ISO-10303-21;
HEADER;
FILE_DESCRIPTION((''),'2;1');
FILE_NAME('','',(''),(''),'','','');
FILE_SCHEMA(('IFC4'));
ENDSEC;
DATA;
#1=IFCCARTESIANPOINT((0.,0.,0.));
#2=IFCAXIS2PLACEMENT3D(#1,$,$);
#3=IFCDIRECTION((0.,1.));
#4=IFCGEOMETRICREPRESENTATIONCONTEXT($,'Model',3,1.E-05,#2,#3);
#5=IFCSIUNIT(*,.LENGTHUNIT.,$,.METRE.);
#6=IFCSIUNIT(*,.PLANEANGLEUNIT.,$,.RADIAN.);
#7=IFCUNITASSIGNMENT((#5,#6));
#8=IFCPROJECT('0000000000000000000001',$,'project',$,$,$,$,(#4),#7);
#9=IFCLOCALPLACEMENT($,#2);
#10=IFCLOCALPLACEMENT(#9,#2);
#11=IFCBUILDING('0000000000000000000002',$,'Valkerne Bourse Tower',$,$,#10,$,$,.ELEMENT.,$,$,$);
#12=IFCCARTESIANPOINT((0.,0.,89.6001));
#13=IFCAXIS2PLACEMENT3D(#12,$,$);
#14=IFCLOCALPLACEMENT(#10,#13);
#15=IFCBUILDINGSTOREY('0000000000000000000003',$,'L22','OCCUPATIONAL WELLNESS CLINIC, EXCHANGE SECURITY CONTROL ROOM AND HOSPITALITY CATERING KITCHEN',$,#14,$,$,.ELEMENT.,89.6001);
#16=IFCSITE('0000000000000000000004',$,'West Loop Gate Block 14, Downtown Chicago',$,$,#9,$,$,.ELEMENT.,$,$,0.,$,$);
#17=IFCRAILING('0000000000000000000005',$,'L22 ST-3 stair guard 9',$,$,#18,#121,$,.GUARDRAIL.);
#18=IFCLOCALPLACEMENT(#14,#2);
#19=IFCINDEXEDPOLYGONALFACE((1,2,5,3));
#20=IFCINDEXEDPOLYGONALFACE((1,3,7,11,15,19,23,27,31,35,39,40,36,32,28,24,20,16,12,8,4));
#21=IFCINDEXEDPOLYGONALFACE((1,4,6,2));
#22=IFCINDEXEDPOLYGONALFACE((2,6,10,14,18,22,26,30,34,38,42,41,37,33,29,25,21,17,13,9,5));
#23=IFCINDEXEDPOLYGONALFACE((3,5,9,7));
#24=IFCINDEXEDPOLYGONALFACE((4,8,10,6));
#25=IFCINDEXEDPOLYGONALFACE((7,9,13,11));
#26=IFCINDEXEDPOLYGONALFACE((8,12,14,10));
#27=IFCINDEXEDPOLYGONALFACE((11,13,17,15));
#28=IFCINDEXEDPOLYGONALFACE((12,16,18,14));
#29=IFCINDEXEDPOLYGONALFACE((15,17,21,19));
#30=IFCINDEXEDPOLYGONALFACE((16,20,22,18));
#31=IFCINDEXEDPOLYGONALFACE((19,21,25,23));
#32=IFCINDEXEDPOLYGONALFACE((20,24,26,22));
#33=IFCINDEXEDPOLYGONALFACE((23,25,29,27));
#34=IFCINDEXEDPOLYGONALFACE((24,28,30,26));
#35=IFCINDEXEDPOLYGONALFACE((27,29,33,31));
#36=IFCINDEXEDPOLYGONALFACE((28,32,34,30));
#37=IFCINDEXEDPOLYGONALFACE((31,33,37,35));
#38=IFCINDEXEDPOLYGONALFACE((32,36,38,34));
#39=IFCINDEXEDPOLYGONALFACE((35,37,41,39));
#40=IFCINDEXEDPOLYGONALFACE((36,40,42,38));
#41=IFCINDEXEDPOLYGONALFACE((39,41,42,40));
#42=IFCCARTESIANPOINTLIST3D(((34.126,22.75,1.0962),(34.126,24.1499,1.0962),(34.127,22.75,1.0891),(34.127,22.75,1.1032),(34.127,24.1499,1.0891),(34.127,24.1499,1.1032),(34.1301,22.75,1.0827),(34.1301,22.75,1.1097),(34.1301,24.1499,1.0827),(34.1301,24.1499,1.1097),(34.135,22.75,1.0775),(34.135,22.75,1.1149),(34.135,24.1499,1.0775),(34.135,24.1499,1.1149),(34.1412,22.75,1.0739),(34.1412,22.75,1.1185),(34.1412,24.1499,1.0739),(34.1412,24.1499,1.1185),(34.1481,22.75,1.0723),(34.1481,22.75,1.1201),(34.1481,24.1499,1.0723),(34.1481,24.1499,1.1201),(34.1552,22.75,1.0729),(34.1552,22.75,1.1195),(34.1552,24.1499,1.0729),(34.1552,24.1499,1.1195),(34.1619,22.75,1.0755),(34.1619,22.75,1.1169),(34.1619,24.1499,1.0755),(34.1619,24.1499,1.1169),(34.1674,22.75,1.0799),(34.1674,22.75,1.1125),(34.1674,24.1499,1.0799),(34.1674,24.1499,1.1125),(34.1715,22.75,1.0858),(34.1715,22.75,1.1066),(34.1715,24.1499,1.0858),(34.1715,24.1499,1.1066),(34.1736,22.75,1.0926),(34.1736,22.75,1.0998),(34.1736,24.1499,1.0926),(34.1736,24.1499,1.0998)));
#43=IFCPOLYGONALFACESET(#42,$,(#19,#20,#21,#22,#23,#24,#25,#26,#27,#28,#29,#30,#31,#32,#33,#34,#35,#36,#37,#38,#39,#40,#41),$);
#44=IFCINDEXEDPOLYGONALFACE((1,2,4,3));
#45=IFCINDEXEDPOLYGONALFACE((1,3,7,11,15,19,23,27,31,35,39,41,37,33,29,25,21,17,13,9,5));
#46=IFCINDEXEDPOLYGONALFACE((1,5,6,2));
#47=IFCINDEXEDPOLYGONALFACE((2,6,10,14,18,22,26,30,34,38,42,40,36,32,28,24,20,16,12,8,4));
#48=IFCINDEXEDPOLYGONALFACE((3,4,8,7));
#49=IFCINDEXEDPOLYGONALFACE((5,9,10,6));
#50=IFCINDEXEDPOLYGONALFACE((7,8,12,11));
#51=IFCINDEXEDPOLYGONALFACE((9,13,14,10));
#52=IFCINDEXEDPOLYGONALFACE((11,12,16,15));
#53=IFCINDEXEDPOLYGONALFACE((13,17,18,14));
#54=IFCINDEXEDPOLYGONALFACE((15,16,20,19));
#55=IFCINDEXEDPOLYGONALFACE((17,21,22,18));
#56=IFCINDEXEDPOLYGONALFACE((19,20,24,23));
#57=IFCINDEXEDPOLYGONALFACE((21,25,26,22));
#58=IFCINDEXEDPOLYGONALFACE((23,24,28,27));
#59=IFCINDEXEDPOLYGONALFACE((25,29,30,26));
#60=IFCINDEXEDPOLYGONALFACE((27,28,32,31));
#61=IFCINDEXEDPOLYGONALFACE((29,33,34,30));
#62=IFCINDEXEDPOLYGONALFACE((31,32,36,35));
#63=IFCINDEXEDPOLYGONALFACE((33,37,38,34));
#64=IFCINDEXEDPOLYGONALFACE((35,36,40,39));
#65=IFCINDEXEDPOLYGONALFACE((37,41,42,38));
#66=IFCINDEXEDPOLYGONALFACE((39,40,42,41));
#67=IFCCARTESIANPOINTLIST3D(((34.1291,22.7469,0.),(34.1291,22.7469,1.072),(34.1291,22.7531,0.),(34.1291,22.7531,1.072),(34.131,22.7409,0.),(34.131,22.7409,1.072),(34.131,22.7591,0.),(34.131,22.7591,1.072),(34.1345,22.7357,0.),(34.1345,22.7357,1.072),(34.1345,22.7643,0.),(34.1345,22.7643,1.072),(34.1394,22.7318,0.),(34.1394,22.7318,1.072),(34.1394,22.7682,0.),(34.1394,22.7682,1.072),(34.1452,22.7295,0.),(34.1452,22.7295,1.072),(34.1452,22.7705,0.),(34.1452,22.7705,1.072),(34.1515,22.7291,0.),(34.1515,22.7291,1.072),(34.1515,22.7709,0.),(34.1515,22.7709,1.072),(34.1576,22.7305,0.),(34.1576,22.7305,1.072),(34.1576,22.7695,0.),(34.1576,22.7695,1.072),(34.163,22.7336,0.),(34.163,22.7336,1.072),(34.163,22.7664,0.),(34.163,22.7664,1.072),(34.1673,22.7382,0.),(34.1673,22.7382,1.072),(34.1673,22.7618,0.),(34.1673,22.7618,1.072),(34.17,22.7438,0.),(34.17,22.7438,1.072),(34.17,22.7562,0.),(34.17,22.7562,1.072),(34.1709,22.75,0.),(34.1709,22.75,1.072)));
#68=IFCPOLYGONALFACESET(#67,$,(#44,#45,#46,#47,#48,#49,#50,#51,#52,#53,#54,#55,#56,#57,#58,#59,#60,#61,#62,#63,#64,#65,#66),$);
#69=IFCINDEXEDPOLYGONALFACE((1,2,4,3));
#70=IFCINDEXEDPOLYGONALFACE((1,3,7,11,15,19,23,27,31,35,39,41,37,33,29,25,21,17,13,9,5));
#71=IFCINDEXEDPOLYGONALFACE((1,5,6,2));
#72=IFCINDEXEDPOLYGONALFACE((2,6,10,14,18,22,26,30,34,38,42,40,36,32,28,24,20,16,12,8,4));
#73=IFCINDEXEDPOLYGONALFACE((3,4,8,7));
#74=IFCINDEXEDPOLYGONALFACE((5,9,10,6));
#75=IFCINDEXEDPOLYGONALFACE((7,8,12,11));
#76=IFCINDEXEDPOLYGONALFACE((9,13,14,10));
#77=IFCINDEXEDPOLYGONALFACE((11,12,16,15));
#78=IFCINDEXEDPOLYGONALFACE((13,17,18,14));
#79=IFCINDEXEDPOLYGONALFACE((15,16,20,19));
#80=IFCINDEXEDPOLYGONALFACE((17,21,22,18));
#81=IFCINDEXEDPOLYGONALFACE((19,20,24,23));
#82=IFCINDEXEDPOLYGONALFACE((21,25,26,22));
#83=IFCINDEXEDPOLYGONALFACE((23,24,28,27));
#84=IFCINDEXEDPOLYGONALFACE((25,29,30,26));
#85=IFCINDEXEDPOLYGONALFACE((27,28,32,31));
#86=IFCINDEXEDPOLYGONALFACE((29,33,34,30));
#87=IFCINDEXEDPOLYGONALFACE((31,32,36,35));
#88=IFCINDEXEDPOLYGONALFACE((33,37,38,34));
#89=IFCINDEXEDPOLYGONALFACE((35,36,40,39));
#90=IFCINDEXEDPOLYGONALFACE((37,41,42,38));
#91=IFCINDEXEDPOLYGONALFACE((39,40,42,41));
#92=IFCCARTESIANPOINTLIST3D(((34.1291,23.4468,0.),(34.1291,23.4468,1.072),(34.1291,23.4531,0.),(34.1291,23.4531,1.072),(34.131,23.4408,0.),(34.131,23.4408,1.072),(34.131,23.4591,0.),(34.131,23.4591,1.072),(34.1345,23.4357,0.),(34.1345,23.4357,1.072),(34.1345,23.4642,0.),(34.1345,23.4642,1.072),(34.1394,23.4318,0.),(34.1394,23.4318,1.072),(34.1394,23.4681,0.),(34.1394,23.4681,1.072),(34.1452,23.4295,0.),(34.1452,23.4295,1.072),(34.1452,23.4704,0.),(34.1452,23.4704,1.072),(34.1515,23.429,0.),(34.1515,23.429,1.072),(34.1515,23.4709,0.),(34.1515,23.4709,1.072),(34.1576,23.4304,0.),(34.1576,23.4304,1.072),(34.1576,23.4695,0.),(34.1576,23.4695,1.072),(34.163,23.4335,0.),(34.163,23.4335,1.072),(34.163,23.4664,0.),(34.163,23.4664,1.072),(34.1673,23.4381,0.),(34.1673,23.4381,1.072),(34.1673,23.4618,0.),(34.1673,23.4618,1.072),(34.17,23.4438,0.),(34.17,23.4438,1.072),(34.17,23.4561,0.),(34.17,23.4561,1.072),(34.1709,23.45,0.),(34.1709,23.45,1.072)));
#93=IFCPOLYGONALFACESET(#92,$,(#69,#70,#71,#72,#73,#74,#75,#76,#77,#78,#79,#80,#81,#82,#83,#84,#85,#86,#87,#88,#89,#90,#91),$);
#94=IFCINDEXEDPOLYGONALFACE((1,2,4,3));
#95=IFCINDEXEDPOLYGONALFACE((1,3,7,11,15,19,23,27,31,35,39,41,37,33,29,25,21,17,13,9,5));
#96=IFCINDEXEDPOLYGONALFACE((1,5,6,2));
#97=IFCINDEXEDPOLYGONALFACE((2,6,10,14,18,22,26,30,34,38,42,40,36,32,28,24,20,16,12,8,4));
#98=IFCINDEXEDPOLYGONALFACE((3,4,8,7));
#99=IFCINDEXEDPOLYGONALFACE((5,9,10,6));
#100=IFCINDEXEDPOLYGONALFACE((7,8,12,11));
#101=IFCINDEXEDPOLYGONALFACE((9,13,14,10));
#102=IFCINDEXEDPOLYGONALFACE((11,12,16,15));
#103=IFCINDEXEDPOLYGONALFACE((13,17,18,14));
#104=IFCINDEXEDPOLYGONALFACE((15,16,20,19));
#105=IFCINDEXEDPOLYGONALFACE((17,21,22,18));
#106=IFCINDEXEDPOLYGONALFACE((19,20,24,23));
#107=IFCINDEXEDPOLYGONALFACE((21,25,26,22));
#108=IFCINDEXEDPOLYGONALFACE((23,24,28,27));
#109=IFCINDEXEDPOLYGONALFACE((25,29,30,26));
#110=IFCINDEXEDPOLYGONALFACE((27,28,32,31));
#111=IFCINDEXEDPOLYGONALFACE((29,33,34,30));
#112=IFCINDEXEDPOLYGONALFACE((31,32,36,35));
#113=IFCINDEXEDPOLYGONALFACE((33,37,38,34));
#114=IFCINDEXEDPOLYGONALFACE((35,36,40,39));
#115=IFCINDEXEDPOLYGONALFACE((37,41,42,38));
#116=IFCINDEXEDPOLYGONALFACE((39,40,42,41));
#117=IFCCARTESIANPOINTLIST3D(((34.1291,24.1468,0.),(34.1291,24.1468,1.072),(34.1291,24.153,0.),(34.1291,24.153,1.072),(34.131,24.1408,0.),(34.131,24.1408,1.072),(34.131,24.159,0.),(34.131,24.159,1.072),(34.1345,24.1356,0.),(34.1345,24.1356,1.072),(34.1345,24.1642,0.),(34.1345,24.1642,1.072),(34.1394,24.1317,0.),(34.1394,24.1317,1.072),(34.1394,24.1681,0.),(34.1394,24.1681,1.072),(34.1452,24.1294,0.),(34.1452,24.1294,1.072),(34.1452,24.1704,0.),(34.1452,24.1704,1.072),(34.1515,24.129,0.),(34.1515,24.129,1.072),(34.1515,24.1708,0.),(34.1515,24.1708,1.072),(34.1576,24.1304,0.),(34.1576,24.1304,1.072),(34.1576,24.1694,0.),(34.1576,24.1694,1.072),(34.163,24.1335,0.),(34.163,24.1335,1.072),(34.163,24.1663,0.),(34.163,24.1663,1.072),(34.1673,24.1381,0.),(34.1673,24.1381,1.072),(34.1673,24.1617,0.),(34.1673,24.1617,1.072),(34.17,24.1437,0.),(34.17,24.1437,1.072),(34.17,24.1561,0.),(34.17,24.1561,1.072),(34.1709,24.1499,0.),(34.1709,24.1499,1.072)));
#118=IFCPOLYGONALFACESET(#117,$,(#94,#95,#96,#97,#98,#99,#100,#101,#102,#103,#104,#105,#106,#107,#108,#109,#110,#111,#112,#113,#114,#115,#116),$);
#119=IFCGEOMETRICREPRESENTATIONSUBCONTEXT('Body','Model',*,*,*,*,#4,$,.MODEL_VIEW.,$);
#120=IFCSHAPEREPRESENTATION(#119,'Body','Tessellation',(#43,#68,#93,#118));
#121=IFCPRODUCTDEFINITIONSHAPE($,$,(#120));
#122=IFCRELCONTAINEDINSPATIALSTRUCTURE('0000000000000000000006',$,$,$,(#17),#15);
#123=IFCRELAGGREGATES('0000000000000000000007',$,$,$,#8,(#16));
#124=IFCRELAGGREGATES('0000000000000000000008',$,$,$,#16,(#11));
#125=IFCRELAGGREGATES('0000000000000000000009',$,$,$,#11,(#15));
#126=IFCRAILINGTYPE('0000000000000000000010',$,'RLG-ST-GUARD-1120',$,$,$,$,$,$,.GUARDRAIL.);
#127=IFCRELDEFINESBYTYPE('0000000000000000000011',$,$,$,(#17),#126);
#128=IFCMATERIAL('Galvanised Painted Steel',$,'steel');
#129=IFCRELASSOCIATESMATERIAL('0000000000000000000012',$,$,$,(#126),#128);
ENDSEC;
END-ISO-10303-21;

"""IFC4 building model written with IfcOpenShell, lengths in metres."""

from ifc_helpers import new_model, si_unit, direction, frame, origin, origin_2d, place, context, subcontext, project, spatial, circle, extrude, material, type_object, element, save


model = new_model("IFC4")

# Units and contexts
model_context = context("Model", 3, precision=1e-05, world=origin(), true_north=direction((0.0, 1.0)))
body_context = subcontext(model_context, "Body", "Model", "MODEL_VIEW")
ifc_project = project(units=[si_unit("LENGTHUNIT", "METRE"), si_unit("PLANEANGLEUNIT", "RADIAN")], contexts=[model_context])

# Site, building, storey
site_placement = place(None, origin())
site = spatial("IfcSite", under=ifc_project, at=site_placement, Name="West Loop Gate Block 14, Downtown Chicago", CompositionType="ELEMENT", RefElevation=0.0)
building_placement = place(site_placement, origin())
building = spatial("IfcBuilding", under=site, at=building_placement, Name="Valkerne Bourse Tower", CompositionType="ELEMENT")
storey_placement = place(building_placement, frame((0.0, 0.0, 89.6001)))
storey = spatial("IfcBuildingStorey", under=building, at=storey_placement, Name="L22", Description="OCCUPATIONAL WELLNESS CLINIC, EXCHANGE SECURITY CONTROL ROOM AND HOSPITALITY CATERING KITCHEN", CompositionType="ELEMENT", Elevation=89.6001)

# Shared definitions
ifc_material_1 = material(Name="Galvanised Painted Steel", Category="steel")

# Railing
railing_type_1 = type_object("IfcRailingType", Name="RLG-ST-GUARD-1120", PredefinedType="GUARDRAIL", material=ifc_material_1)
for number, where, name in (
    (1, (34.1499, 22.75, 0.0), "L22 ST-3 stair guard 9"),
):
    element("IfcRailing", number, at=place(storey_placement, frame(where)), inside=storey, type_object=railing_type_1, Name=name, PredefinedType="GUARDRAIL", context=body_context, shape_type="SweptSolid", body=[
        extrude(circle(Radius=0.0239, at=origin_2d()), frame((0.0, 0.0, 1.0962), z_axis=(0.0, 1.0, 0.0), x_axis=(-1.0, 0.0, 0.0)), (0.0, 0.0, 1.0), 1.3999),
        extrude(circle(Radius=0.021, at=origin_2d()), origin(), (0.0, 0.0, 1.0), 1.072),
        extrude(circle(Radius=0.021, at=origin_2d()), frame((0.0, 0.7, 0.0)), (0.0, 0.0, 1.0), 1.072),
        extrude(circle(Radius=0.021, at=origin_2d()), frame((0.0, 1.3999, 0.0)), (0.0, 0.0, 1.0), 1.072),
    ])

save(model, "model.ifc")
